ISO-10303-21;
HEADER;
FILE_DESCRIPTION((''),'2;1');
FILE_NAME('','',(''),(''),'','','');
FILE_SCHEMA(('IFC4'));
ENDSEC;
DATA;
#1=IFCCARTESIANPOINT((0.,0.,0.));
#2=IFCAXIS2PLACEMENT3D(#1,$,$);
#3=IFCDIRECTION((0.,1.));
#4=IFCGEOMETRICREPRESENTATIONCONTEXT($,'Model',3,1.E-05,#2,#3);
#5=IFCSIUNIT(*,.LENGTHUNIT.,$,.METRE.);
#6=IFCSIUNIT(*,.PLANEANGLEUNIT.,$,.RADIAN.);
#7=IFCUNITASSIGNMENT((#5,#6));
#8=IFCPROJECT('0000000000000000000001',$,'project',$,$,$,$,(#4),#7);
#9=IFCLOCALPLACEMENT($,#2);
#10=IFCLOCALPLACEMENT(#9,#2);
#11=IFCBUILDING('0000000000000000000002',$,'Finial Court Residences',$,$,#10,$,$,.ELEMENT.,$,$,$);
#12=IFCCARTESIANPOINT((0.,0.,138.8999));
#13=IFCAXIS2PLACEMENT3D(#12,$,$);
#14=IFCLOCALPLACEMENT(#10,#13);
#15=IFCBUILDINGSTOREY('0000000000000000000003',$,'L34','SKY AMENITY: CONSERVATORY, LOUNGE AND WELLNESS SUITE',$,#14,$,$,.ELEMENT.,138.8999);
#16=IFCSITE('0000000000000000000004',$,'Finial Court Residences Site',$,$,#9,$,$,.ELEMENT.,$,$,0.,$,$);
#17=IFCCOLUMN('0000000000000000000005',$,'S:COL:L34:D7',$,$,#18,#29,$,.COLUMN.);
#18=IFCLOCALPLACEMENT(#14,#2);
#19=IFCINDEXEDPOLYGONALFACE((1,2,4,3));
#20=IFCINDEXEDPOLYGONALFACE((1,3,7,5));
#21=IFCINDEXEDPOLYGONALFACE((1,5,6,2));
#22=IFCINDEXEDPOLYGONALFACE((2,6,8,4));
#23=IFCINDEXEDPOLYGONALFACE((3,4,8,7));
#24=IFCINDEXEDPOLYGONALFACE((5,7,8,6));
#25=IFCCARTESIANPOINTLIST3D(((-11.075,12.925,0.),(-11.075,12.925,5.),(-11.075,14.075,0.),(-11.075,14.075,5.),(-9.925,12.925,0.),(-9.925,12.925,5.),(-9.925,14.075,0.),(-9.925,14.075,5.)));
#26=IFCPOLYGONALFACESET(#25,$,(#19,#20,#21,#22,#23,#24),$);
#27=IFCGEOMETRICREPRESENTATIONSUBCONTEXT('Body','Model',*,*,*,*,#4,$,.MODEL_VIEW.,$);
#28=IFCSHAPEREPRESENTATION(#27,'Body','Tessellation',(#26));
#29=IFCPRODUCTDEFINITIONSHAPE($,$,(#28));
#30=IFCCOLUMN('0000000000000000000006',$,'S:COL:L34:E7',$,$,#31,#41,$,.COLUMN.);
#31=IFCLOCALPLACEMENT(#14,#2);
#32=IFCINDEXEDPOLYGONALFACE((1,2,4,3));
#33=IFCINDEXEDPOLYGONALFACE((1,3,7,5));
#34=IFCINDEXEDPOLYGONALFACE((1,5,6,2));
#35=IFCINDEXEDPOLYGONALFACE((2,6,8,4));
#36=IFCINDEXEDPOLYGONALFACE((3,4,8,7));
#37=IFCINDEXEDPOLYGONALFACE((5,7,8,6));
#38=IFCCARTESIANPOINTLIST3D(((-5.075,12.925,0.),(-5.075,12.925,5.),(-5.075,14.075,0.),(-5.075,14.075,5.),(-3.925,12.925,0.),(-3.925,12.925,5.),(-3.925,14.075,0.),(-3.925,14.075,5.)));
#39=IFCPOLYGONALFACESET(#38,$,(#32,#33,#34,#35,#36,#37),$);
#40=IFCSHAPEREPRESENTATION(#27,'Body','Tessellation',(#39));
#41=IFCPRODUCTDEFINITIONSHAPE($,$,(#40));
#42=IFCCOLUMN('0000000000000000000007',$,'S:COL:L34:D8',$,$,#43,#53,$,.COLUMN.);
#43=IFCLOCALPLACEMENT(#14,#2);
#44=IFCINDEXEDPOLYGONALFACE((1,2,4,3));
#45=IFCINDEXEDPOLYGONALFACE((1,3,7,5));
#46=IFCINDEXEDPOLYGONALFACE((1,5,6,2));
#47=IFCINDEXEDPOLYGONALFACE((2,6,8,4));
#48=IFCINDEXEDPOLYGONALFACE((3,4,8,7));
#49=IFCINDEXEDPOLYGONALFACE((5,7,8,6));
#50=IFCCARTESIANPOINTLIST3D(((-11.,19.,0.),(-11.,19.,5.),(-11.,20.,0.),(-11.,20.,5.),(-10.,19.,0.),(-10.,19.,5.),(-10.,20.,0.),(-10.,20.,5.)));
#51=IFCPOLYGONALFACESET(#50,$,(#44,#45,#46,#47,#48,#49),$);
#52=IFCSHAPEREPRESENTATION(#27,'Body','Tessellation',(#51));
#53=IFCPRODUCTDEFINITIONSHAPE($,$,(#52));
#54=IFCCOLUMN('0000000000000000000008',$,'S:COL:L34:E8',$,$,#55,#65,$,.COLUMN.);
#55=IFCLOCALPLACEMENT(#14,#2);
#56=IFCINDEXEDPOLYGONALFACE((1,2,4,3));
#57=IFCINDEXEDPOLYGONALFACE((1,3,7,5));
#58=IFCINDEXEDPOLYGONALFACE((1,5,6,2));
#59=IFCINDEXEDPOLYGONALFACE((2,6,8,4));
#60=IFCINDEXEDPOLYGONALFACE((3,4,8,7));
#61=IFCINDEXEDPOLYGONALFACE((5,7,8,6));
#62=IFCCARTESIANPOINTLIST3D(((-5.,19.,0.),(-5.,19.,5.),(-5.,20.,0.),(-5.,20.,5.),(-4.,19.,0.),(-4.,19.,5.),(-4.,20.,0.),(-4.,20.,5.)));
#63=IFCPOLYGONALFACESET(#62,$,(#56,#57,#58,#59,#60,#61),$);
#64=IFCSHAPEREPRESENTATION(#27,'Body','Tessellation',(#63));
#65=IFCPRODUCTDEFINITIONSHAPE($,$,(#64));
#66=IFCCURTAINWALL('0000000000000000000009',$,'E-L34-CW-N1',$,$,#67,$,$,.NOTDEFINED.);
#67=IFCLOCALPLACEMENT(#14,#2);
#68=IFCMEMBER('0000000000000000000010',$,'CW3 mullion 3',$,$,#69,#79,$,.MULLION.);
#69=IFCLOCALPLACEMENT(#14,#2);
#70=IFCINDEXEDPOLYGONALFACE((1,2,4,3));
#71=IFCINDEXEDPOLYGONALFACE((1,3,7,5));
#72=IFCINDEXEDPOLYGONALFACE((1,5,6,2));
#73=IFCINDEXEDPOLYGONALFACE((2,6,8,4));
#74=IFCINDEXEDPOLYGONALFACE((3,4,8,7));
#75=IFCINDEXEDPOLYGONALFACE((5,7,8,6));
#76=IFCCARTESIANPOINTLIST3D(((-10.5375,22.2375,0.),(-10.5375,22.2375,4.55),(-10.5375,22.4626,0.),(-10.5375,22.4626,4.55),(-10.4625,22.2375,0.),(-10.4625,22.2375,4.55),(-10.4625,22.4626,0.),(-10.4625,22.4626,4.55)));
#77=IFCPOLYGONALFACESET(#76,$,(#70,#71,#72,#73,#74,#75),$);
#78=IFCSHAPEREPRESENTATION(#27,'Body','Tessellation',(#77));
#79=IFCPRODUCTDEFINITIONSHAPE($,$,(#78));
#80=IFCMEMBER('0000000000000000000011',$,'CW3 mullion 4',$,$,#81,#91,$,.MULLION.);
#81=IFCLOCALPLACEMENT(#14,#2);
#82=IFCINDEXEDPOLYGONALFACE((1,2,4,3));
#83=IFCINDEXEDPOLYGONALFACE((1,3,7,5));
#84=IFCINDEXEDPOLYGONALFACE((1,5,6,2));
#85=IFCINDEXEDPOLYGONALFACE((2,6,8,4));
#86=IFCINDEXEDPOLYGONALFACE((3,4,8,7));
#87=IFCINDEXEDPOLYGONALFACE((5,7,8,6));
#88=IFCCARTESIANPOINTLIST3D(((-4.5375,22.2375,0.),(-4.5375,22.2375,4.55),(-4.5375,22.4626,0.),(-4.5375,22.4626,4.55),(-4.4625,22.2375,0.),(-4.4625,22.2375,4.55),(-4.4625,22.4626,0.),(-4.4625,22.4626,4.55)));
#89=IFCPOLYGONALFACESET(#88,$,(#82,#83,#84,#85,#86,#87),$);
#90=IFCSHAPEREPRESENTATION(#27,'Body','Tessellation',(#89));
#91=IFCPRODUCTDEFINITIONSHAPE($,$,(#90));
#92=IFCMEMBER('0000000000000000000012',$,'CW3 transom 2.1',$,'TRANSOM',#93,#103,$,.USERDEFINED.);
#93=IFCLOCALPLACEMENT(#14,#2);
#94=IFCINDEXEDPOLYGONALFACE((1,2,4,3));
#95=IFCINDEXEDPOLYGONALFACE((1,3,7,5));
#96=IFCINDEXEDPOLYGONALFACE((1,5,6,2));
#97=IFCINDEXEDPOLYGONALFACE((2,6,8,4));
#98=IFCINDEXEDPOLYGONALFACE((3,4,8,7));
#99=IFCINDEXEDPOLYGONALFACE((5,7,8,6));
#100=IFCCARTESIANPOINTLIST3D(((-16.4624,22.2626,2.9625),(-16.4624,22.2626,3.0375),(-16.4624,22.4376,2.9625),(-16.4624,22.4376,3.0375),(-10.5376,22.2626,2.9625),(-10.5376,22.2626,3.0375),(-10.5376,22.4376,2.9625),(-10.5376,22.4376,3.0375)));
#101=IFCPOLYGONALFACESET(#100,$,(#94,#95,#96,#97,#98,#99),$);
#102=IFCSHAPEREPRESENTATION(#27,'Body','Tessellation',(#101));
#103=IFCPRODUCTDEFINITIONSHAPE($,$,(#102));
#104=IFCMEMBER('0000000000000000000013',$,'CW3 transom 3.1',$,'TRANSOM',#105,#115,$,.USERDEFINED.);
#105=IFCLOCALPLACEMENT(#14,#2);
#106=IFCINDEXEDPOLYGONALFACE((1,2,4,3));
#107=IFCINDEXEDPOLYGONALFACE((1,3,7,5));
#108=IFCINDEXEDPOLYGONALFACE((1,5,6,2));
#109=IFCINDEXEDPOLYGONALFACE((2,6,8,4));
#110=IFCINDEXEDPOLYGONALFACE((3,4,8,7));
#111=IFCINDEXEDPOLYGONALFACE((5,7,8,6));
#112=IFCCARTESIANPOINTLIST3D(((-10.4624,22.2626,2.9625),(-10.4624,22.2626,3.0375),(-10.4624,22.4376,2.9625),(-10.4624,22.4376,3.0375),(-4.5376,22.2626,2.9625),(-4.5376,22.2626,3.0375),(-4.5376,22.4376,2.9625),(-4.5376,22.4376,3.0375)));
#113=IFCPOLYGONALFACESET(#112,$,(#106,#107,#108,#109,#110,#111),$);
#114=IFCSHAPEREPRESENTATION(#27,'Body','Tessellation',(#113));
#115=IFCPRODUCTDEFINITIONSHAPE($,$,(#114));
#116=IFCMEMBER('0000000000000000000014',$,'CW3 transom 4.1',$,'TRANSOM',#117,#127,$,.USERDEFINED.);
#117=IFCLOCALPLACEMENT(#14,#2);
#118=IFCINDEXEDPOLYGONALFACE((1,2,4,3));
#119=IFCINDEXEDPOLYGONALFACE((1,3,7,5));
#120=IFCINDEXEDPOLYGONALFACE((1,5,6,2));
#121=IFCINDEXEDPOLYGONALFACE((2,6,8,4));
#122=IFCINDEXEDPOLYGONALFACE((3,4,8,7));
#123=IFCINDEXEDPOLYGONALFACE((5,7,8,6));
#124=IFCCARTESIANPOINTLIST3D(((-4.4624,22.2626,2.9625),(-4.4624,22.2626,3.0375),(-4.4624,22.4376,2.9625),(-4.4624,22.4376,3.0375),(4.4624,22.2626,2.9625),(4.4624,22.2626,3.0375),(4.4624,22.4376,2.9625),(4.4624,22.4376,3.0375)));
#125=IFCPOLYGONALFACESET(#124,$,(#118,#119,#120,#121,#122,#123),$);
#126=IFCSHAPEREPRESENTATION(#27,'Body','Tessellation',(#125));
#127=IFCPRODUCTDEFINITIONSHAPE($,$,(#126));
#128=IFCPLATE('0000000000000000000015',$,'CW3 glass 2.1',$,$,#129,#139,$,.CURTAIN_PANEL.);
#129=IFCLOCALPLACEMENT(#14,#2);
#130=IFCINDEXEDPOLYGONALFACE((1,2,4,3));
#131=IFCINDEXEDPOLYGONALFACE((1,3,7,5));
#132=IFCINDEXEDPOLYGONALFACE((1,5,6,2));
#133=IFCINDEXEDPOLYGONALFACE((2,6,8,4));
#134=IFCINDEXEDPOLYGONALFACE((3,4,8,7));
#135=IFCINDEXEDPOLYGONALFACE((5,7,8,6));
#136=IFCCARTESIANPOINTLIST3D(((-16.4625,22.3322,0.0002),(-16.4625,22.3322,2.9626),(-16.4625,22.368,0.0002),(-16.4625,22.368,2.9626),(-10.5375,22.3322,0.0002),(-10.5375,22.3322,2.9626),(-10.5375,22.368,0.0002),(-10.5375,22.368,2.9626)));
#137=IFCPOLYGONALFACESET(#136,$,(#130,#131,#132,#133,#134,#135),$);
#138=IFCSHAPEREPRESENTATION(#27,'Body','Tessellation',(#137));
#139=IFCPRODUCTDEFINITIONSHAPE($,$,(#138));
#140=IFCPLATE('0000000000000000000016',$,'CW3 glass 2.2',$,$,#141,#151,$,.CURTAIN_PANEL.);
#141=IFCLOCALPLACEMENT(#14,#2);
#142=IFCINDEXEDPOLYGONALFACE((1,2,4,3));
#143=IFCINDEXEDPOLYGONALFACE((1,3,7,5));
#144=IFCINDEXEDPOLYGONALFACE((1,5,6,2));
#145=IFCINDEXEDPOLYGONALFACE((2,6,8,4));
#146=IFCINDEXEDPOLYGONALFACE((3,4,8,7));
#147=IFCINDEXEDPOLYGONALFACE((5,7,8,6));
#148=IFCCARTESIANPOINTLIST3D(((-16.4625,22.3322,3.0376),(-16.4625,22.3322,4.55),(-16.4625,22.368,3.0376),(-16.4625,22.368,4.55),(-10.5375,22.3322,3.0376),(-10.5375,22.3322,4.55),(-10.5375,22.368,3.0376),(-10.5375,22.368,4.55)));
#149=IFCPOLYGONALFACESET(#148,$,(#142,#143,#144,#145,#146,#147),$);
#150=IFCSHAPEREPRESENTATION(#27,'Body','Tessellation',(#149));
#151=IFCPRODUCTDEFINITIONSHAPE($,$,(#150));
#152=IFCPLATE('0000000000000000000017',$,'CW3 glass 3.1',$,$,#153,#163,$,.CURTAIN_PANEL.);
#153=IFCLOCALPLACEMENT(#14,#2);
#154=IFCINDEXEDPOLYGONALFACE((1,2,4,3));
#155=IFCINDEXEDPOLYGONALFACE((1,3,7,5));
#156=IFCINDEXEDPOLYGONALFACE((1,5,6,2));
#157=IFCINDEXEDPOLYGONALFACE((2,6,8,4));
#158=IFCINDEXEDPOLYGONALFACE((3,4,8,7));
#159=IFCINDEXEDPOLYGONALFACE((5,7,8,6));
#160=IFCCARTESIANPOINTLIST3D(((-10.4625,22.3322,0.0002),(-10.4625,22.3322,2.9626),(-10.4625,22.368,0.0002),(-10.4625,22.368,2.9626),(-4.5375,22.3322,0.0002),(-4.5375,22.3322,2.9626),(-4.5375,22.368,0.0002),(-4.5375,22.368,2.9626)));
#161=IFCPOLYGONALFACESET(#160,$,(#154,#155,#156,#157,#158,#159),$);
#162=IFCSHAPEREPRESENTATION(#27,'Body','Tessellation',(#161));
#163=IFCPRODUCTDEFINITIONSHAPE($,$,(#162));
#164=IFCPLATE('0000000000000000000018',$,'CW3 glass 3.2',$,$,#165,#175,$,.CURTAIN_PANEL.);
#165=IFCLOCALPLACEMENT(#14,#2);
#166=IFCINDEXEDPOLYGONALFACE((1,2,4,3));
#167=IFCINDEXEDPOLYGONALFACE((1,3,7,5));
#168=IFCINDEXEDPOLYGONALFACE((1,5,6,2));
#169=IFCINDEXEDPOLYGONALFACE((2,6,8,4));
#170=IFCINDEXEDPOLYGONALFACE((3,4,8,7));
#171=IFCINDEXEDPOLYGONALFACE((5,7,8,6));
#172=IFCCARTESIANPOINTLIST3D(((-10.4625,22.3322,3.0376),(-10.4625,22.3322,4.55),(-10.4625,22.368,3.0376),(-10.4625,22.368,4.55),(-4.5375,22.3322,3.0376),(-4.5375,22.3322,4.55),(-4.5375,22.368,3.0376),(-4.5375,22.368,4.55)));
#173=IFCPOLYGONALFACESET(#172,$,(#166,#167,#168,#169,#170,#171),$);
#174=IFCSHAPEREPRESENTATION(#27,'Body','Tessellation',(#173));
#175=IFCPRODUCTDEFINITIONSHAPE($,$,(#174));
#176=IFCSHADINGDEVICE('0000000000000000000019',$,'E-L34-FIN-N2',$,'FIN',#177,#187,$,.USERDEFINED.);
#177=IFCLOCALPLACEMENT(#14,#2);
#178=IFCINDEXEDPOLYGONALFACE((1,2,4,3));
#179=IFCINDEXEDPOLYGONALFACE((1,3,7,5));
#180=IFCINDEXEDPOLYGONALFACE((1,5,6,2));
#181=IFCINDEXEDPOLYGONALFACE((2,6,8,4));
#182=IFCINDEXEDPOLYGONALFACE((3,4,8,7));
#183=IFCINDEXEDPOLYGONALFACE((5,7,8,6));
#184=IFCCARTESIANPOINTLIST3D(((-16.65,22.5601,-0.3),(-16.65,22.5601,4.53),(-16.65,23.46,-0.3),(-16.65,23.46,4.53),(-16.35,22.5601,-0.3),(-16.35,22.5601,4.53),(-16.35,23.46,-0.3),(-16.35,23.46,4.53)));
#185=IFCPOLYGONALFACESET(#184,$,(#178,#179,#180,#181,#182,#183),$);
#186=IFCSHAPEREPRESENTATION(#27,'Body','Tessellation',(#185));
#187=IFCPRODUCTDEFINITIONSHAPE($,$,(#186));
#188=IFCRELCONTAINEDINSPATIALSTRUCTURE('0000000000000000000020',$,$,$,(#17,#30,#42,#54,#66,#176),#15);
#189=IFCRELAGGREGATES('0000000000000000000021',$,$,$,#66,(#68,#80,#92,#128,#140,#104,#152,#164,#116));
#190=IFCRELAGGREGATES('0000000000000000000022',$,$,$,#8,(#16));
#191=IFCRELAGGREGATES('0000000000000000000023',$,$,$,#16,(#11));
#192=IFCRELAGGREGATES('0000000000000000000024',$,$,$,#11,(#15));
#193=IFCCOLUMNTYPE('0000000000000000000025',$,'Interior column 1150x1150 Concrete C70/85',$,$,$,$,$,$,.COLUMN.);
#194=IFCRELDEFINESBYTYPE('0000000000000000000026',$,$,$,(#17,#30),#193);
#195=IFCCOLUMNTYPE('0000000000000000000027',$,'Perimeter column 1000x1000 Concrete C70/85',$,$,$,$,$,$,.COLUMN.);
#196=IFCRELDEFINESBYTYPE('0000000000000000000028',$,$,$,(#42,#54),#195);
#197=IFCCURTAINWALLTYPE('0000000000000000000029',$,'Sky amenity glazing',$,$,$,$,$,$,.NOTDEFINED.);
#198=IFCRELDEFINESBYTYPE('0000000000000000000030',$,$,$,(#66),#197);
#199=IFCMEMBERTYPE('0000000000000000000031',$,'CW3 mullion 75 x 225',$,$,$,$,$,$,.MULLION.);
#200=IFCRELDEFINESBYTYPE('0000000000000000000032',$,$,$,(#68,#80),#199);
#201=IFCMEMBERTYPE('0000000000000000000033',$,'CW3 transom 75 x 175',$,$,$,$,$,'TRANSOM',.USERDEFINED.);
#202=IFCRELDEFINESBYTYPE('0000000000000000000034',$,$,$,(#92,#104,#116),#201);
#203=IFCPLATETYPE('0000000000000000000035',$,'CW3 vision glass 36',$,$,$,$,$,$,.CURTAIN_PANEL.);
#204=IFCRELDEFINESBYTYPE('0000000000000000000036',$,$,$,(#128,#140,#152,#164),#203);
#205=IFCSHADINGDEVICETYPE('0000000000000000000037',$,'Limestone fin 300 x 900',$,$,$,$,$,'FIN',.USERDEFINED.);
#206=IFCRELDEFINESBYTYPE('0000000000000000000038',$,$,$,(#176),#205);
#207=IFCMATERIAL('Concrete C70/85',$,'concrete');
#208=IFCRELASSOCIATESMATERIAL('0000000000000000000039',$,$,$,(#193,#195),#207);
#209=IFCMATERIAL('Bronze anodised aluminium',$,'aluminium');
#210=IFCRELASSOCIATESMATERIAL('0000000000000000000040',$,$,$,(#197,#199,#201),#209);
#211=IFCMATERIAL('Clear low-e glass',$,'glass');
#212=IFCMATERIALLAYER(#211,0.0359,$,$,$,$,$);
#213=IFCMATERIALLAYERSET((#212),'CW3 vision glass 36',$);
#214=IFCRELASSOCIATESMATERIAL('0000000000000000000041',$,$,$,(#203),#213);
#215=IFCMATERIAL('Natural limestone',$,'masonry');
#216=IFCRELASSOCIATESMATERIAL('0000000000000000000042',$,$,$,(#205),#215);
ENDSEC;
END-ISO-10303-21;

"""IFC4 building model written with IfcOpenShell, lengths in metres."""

from ifc_helpers import new_model, si_unit, direction, frame, origin, origin_2d, place, context, subcontext, project, spatial, rectangle, extrude, material, layer, layer_set, material_profile, profile_set, type_object, element, aggregate, save


model = new_model("IFC4")

# Units and contexts
model_context = context("Model", 3, precision=1e-05, world=origin(), true_north=direction((0.0, 1.0)))
body_context = subcontext(model_context, "Body", "Model", "MODEL_VIEW")
ifc_project = project(units=[si_unit("LENGTHUNIT", "METRE"), si_unit("PLANEANGLEUNIT", "RADIAN")], contexts=[model_context])

# Site, building, storey
site_placement = place(None, origin())
site = spatial("IfcSite", under=ifc_project, at=site_placement, Name="Finial Court Residences Site", CompositionType="ELEMENT", RefElevation=0.0)
building_placement = place(site_placement, origin())
building = spatial("IfcBuilding", under=site, at=building_placement, Name="Finial Court Residences", CompositionType="ELEMENT")
storey_placement = place(building_placement, frame((0.0, 0.0, 138.8999)))
storey = spatial("IfcBuildingStorey", under=building, at=storey_placement, Name="L34", Description="SKY AMENITY: CONSERVATORY, LOUNGE AND WELLNESS SUITE", CompositionType="ELEMENT", Elevation=138.8999)

# Columns
ifc_material_1 = material(Name="Concrete C70/85", Category="concrete")
ifc_material_profile_1 = material_profile(ifc_material_1, rectangle(XDim=1.1499, YDim=1.1499, at=origin_2d()), Name="1150x1150")
ifc_profile_set_1 = profile_set([ifc_material_profile_1], Name="Concrete C70/85")
column_type_1 = type_object("IfcColumnType", Name="Interior column 1150x1150 Concrete C70/85", PredefinedType="COLUMN", material=ifc_profile_set_1)
for number, where, z_axis, x_axis, name in (
    (1, (-10.5, 13.5, 0.0), (0.0, 0.0, 1.0), (1.0, 0.0, 0.0), "S:COL:L34:D7"),
    (2, (-4.5, 13.5, 0.0), (0.0, 0.0, 1.0), (1.0, 0.0, 0.0), "S:COL:L34:E7"),
):
    element("IfcColumn", number, at=place(storey_placement, frame(where, z_axis=z_axis, x_axis=x_axis)), inside=storey, type_object=column_type_1, Name=name, PredefinedType="COLUMN", context=body_context, shape_type="SweptSolid", body=[
        extrude(rectangle(XDim=1.1499, YDim=1.1499, at=origin_2d()), origin(), (0.0, 0.0, 1.0), 5.0),
    ])
ifc_material_profile_2 = material_profile(ifc_material_1, rectangle(XDim=1.0, YDim=1.0, at=origin_2d()), Name="1000x1000")
ifc_profile_set_2 = profile_set([ifc_material_profile_2], Name="Concrete C70/85")
column_type_2 = type_object("IfcColumnType", Name="Perimeter column 1000x1000 Concrete C70/85", PredefinedType="COLUMN", material=ifc_profile_set_2)
for number, where, z_axis, x_axis, name in (
    (3, (-10.5, 19.5, 0.0), (0.0, 0.0, 1.0), (1.0, 0.0, 0.0), "S:COL:L34:D8"),
    (4, (-4.5, 19.5, 0.0), (0.0, 0.0, 1.0), (1.0, 0.0, 0.0), "S:COL:L34:E8"),
):
    element("IfcColumn", number, at=place(storey_placement, frame(where, z_axis=z_axis, x_axis=x_axis)), inside=storey, type_object=column_type_2, Name=name, PredefinedType="COLUMN", context=body_context, shape_type="SweptSolid", body=[
        extrude(rectangle(XDim=1.0, YDim=1.0, at=origin_2d()), origin(), (0.0, 0.0, 1.0), 5.0),
    ])

# Curtain wall, members, plates
ifc_material_2 = material(Name="Bronze anodised aluminium", Category="aluminium")
curtain_wall_type = type_object("IfcCurtainWallType", Name="Sky amenity glazing", PredefinedType="NOTDEFINED", material=ifc_material_2)
curtain_wall_placement = place(storey_placement, origin())
curtain_wall = element("IfcCurtainWall", 5, at=curtain_wall_placement, inside=storey, type_object=curtain_wall_type, Name="E-L34-CW-N1", PredefinedType="NOTDEFINED")
ifc_material_profile_3 = material_profile(ifc_material_2, rectangle(XDim=0.2251, YDim=0.075, at=origin_2d()), Name="CW3 mullion 75 x 225")
ifc_profile_set_3 = profile_set([ifc_material_profile_3], Name="Bronze anodised aluminium")
member_type_1 = type_object("IfcMemberType", Name="CW3 mullion 75 x 225", PredefinedType="MULLION", material=ifc_profile_set_3)
member_1_placement = place(storey_placement, frame((-10.5, 22.3501, 0.0), z_axis=(0.0, 0.0, 1.0), x_axis=(0.0, 1.0, 0.0)))
member_1 = element("IfcMember", 6, at=member_1_placement, type_object=member_type_1, Name="CW3 mullion 3", PredefinedType="MULLION", context=body_context, shape_type="SweptSolid", body=[
    extrude(rectangle(XDim=0.2251, YDim=0.075, at=origin_2d()), origin(), (0.0, 0.0, 1.0), 4.55),
])
member_2_placement = place(storey_placement, frame((-4.5, 22.3501, 0.0), z_axis=(0.0, 0.0, 1.0), x_axis=(0.0, 1.0, 0.0)))
member_2 = element("IfcMember", 7, at=member_2_placement, type_object=member_type_1, Name="CW3 mullion 4", PredefinedType="MULLION", context=body_context, shape_type="SweptSolid", body=[
    extrude(rectangle(XDim=0.2251, YDim=0.075, at=origin_2d()), origin(), (0.0, 0.0, 1.0), 4.55),
])
ifc_material_profile_4 = material_profile(ifc_material_2, rectangle(XDim=0.175, YDim=0.075, at=origin_2d()), Name="CW3 transom 75 x 175")
ifc_profile_set_4 = profile_set([ifc_material_profile_4], Name="Bronze anodised aluminium")
member_type_2 = type_object("IfcMemberType", Name="CW3 transom 75 x 175", ElementType="TRANSOM", PredefinedType="USERDEFINED", material=ifc_profile_set_4)
member_3_placement = place(storey_placement, frame((-16.4624, 22.3501, 3.0), z_axis=(1.0, 0.0, 0.0), x_axis=(0.0, 1.0, 0.0)))
member_3 = element("IfcMember", 8, at=member_3_placement, type_object=member_type_2, Name="CW3 transom 2.1", ObjectType="TRANSOM", PredefinedType="USERDEFINED", context=body_context, shape_type="SweptSolid", body=[
    extrude(rectangle(XDim=0.175, YDim=0.075, at=origin_2d()), origin(), (0.0, 0.0, 1.0), 5.9248),
])
member_4_placement = place(storey_placement, frame((-10.4624, 22.3501, 3.0), z_axis=(1.0, 0.0, 0.0), x_axis=(0.0, 1.0, 0.0)))
member_4 = element("IfcMember", 9, at=member_4_placement, type_object=member_type_2, Name="CW3 transom 3.1", ObjectType="TRANSOM", PredefinedType="USERDEFINED", context=body_context, shape_type="SweptSolid", body=[
    extrude(rectangle(XDim=0.175, YDim=0.075, at=origin_2d()), origin(), (0.0, 0.0, 1.0), 5.9248),
])
member_5_placement = place(storey_placement, frame((-4.4624, 22.3501, 3.0), z_axis=(1.0, 0.0, 0.0), x_axis=(0.0, 1.0, 0.0)))
member_5 = element("IfcMember", 10, at=member_5_placement, type_object=member_type_2, Name="CW3 transom 4.1", ObjectType="TRANSOM", PredefinedType="USERDEFINED", context=body_context, shape_type="SweptSolid", body=[
    extrude(rectangle(XDim=0.175, YDim=0.075, at=origin_2d()), origin(), (0.0, 0.0, 1.0), 8.9248),
])
ifc_material_3 = material(Name="Clear low-e glass", Category="glass")
ifc_layer = layer(ifc_material_3, 0.0359)
ifc_layer_set = layer_set([ifc_layer], Name="CW3 vision glass 36")
plate_type = type_object("IfcPlateType", Name="CW3 vision glass 36", PredefinedType="CURTAIN_PANEL", material=ifc_layer_set)
plate_1_placement = place(storey_placement, frame((-13.5, 22.3501, 0.0002), z_axis=(0.0, 0.0, 1.0), x_axis=(1.0, 0.0, 0.0)))
plate_1 = element("IfcPlate", 11, at=plate_1_placement, type_object=plate_type, Name="CW3 glass 2.1", PredefinedType="CURTAIN_PANEL", context=body_context, shape_type="SweptSolid", body=[
    extrude(rectangle(XDim=5.925, YDim=0.0359, at=origin_2d()), origin(), (0.0, 0.0, 1.0), 2.9624),
])
plate_2_placement = place(storey_placement, frame((-13.5, 22.3501, 3.0376), z_axis=(0.0, 0.0, 1.0), x_axis=(1.0, 0.0, 0.0)))
plate_2 = element("IfcPlate", 12, at=plate_2_placement, type_object=plate_type, Name="CW3 glass 2.2", PredefinedType="CURTAIN_PANEL", context=body_context, shape_type="SweptSolid", body=[
    extrude(rectangle(XDim=5.925, YDim=0.0359, at=origin_2d()), origin(), (0.0, 0.0, 1.0), 1.5125),
])
plate_3_placement = place(storey_placement, frame((-7.5, 22.3501, 0.0002), z_axis=(0.0, 0.0, 1.0), x_axis=(1.0, 0.0, 0.0)))
plate_3 = element("IfcPlate", 13, at=plate_3_placement, type_object=plate_type, Name="CW3 glass 3.1", PredefinedType="CURTAIN_PANEL", context=body_context, shape_type="SweptSolid", body=[
    extrude(rectangle(XDim=5.925, YDim=0.0359, at=origin_2d()), origin(), (0.0, 0.0, 1.0), 2.9624),
])
plate_4_placement = place(storey_placement, frame((-7.5, 22.3501, 3.0376), z_axis=(0.0, 0.0, 1.0), x_axis=(1.0, 0.0, 0.0)))
plate_4 = element("IfcPlate", 14, at=plate_4_placement, type_object=plate_type, Name="CW3 glass 3.2", PredefinedType="CURTAIN_PANEL", context=body_context, shape_type="SweptSolid", body=[
    extrude(rectangle(XDim=5.925, YDim=0.0359, at=origin_2d()), origin(), (0.0, 0.0, 1.0), 1.5125),
])
aggregate(curtain_wall, [member_1, member_2, member_3, plate_1, plate_2, member_4, plate_3, plate_4, member_5])

# Shading device
ifc_material_4 = material(Name="Natural limestone", Category="masonry")
shading_device_type = type_object("IfcShadingDeviceType", Name="Limestone fin 300 x 900", ElementType="FIN", PredefinedType="USERDEFINED", material=ifc_material_4)
for number, where, z_axis, x_axis, name in (
    (15, (-16.5, 23.01, -0.3), (0.0, 0.0, 1.0), (1.0, 0.0, 0.0), "E-L34-FIN-N2"),
):
    element("IfcShadingDevice", number, at=place(storey_placement, frame(where, z_axis=z_axis, x_axis=x_axis)), inside=storey, type_object=shading_device_type, Name=name, ObjectType="FIN", PredefinedType="USERDEFINED", context=body_context, shape_type="SweptSolid", body=[
        extrude(rectangle(XDim=0.3, YDim=0.8999, at=origin_2d()), origin(), (0.0, 0.0, 1.0), 4.8301),
    ])

save(model, "model.ifc")
